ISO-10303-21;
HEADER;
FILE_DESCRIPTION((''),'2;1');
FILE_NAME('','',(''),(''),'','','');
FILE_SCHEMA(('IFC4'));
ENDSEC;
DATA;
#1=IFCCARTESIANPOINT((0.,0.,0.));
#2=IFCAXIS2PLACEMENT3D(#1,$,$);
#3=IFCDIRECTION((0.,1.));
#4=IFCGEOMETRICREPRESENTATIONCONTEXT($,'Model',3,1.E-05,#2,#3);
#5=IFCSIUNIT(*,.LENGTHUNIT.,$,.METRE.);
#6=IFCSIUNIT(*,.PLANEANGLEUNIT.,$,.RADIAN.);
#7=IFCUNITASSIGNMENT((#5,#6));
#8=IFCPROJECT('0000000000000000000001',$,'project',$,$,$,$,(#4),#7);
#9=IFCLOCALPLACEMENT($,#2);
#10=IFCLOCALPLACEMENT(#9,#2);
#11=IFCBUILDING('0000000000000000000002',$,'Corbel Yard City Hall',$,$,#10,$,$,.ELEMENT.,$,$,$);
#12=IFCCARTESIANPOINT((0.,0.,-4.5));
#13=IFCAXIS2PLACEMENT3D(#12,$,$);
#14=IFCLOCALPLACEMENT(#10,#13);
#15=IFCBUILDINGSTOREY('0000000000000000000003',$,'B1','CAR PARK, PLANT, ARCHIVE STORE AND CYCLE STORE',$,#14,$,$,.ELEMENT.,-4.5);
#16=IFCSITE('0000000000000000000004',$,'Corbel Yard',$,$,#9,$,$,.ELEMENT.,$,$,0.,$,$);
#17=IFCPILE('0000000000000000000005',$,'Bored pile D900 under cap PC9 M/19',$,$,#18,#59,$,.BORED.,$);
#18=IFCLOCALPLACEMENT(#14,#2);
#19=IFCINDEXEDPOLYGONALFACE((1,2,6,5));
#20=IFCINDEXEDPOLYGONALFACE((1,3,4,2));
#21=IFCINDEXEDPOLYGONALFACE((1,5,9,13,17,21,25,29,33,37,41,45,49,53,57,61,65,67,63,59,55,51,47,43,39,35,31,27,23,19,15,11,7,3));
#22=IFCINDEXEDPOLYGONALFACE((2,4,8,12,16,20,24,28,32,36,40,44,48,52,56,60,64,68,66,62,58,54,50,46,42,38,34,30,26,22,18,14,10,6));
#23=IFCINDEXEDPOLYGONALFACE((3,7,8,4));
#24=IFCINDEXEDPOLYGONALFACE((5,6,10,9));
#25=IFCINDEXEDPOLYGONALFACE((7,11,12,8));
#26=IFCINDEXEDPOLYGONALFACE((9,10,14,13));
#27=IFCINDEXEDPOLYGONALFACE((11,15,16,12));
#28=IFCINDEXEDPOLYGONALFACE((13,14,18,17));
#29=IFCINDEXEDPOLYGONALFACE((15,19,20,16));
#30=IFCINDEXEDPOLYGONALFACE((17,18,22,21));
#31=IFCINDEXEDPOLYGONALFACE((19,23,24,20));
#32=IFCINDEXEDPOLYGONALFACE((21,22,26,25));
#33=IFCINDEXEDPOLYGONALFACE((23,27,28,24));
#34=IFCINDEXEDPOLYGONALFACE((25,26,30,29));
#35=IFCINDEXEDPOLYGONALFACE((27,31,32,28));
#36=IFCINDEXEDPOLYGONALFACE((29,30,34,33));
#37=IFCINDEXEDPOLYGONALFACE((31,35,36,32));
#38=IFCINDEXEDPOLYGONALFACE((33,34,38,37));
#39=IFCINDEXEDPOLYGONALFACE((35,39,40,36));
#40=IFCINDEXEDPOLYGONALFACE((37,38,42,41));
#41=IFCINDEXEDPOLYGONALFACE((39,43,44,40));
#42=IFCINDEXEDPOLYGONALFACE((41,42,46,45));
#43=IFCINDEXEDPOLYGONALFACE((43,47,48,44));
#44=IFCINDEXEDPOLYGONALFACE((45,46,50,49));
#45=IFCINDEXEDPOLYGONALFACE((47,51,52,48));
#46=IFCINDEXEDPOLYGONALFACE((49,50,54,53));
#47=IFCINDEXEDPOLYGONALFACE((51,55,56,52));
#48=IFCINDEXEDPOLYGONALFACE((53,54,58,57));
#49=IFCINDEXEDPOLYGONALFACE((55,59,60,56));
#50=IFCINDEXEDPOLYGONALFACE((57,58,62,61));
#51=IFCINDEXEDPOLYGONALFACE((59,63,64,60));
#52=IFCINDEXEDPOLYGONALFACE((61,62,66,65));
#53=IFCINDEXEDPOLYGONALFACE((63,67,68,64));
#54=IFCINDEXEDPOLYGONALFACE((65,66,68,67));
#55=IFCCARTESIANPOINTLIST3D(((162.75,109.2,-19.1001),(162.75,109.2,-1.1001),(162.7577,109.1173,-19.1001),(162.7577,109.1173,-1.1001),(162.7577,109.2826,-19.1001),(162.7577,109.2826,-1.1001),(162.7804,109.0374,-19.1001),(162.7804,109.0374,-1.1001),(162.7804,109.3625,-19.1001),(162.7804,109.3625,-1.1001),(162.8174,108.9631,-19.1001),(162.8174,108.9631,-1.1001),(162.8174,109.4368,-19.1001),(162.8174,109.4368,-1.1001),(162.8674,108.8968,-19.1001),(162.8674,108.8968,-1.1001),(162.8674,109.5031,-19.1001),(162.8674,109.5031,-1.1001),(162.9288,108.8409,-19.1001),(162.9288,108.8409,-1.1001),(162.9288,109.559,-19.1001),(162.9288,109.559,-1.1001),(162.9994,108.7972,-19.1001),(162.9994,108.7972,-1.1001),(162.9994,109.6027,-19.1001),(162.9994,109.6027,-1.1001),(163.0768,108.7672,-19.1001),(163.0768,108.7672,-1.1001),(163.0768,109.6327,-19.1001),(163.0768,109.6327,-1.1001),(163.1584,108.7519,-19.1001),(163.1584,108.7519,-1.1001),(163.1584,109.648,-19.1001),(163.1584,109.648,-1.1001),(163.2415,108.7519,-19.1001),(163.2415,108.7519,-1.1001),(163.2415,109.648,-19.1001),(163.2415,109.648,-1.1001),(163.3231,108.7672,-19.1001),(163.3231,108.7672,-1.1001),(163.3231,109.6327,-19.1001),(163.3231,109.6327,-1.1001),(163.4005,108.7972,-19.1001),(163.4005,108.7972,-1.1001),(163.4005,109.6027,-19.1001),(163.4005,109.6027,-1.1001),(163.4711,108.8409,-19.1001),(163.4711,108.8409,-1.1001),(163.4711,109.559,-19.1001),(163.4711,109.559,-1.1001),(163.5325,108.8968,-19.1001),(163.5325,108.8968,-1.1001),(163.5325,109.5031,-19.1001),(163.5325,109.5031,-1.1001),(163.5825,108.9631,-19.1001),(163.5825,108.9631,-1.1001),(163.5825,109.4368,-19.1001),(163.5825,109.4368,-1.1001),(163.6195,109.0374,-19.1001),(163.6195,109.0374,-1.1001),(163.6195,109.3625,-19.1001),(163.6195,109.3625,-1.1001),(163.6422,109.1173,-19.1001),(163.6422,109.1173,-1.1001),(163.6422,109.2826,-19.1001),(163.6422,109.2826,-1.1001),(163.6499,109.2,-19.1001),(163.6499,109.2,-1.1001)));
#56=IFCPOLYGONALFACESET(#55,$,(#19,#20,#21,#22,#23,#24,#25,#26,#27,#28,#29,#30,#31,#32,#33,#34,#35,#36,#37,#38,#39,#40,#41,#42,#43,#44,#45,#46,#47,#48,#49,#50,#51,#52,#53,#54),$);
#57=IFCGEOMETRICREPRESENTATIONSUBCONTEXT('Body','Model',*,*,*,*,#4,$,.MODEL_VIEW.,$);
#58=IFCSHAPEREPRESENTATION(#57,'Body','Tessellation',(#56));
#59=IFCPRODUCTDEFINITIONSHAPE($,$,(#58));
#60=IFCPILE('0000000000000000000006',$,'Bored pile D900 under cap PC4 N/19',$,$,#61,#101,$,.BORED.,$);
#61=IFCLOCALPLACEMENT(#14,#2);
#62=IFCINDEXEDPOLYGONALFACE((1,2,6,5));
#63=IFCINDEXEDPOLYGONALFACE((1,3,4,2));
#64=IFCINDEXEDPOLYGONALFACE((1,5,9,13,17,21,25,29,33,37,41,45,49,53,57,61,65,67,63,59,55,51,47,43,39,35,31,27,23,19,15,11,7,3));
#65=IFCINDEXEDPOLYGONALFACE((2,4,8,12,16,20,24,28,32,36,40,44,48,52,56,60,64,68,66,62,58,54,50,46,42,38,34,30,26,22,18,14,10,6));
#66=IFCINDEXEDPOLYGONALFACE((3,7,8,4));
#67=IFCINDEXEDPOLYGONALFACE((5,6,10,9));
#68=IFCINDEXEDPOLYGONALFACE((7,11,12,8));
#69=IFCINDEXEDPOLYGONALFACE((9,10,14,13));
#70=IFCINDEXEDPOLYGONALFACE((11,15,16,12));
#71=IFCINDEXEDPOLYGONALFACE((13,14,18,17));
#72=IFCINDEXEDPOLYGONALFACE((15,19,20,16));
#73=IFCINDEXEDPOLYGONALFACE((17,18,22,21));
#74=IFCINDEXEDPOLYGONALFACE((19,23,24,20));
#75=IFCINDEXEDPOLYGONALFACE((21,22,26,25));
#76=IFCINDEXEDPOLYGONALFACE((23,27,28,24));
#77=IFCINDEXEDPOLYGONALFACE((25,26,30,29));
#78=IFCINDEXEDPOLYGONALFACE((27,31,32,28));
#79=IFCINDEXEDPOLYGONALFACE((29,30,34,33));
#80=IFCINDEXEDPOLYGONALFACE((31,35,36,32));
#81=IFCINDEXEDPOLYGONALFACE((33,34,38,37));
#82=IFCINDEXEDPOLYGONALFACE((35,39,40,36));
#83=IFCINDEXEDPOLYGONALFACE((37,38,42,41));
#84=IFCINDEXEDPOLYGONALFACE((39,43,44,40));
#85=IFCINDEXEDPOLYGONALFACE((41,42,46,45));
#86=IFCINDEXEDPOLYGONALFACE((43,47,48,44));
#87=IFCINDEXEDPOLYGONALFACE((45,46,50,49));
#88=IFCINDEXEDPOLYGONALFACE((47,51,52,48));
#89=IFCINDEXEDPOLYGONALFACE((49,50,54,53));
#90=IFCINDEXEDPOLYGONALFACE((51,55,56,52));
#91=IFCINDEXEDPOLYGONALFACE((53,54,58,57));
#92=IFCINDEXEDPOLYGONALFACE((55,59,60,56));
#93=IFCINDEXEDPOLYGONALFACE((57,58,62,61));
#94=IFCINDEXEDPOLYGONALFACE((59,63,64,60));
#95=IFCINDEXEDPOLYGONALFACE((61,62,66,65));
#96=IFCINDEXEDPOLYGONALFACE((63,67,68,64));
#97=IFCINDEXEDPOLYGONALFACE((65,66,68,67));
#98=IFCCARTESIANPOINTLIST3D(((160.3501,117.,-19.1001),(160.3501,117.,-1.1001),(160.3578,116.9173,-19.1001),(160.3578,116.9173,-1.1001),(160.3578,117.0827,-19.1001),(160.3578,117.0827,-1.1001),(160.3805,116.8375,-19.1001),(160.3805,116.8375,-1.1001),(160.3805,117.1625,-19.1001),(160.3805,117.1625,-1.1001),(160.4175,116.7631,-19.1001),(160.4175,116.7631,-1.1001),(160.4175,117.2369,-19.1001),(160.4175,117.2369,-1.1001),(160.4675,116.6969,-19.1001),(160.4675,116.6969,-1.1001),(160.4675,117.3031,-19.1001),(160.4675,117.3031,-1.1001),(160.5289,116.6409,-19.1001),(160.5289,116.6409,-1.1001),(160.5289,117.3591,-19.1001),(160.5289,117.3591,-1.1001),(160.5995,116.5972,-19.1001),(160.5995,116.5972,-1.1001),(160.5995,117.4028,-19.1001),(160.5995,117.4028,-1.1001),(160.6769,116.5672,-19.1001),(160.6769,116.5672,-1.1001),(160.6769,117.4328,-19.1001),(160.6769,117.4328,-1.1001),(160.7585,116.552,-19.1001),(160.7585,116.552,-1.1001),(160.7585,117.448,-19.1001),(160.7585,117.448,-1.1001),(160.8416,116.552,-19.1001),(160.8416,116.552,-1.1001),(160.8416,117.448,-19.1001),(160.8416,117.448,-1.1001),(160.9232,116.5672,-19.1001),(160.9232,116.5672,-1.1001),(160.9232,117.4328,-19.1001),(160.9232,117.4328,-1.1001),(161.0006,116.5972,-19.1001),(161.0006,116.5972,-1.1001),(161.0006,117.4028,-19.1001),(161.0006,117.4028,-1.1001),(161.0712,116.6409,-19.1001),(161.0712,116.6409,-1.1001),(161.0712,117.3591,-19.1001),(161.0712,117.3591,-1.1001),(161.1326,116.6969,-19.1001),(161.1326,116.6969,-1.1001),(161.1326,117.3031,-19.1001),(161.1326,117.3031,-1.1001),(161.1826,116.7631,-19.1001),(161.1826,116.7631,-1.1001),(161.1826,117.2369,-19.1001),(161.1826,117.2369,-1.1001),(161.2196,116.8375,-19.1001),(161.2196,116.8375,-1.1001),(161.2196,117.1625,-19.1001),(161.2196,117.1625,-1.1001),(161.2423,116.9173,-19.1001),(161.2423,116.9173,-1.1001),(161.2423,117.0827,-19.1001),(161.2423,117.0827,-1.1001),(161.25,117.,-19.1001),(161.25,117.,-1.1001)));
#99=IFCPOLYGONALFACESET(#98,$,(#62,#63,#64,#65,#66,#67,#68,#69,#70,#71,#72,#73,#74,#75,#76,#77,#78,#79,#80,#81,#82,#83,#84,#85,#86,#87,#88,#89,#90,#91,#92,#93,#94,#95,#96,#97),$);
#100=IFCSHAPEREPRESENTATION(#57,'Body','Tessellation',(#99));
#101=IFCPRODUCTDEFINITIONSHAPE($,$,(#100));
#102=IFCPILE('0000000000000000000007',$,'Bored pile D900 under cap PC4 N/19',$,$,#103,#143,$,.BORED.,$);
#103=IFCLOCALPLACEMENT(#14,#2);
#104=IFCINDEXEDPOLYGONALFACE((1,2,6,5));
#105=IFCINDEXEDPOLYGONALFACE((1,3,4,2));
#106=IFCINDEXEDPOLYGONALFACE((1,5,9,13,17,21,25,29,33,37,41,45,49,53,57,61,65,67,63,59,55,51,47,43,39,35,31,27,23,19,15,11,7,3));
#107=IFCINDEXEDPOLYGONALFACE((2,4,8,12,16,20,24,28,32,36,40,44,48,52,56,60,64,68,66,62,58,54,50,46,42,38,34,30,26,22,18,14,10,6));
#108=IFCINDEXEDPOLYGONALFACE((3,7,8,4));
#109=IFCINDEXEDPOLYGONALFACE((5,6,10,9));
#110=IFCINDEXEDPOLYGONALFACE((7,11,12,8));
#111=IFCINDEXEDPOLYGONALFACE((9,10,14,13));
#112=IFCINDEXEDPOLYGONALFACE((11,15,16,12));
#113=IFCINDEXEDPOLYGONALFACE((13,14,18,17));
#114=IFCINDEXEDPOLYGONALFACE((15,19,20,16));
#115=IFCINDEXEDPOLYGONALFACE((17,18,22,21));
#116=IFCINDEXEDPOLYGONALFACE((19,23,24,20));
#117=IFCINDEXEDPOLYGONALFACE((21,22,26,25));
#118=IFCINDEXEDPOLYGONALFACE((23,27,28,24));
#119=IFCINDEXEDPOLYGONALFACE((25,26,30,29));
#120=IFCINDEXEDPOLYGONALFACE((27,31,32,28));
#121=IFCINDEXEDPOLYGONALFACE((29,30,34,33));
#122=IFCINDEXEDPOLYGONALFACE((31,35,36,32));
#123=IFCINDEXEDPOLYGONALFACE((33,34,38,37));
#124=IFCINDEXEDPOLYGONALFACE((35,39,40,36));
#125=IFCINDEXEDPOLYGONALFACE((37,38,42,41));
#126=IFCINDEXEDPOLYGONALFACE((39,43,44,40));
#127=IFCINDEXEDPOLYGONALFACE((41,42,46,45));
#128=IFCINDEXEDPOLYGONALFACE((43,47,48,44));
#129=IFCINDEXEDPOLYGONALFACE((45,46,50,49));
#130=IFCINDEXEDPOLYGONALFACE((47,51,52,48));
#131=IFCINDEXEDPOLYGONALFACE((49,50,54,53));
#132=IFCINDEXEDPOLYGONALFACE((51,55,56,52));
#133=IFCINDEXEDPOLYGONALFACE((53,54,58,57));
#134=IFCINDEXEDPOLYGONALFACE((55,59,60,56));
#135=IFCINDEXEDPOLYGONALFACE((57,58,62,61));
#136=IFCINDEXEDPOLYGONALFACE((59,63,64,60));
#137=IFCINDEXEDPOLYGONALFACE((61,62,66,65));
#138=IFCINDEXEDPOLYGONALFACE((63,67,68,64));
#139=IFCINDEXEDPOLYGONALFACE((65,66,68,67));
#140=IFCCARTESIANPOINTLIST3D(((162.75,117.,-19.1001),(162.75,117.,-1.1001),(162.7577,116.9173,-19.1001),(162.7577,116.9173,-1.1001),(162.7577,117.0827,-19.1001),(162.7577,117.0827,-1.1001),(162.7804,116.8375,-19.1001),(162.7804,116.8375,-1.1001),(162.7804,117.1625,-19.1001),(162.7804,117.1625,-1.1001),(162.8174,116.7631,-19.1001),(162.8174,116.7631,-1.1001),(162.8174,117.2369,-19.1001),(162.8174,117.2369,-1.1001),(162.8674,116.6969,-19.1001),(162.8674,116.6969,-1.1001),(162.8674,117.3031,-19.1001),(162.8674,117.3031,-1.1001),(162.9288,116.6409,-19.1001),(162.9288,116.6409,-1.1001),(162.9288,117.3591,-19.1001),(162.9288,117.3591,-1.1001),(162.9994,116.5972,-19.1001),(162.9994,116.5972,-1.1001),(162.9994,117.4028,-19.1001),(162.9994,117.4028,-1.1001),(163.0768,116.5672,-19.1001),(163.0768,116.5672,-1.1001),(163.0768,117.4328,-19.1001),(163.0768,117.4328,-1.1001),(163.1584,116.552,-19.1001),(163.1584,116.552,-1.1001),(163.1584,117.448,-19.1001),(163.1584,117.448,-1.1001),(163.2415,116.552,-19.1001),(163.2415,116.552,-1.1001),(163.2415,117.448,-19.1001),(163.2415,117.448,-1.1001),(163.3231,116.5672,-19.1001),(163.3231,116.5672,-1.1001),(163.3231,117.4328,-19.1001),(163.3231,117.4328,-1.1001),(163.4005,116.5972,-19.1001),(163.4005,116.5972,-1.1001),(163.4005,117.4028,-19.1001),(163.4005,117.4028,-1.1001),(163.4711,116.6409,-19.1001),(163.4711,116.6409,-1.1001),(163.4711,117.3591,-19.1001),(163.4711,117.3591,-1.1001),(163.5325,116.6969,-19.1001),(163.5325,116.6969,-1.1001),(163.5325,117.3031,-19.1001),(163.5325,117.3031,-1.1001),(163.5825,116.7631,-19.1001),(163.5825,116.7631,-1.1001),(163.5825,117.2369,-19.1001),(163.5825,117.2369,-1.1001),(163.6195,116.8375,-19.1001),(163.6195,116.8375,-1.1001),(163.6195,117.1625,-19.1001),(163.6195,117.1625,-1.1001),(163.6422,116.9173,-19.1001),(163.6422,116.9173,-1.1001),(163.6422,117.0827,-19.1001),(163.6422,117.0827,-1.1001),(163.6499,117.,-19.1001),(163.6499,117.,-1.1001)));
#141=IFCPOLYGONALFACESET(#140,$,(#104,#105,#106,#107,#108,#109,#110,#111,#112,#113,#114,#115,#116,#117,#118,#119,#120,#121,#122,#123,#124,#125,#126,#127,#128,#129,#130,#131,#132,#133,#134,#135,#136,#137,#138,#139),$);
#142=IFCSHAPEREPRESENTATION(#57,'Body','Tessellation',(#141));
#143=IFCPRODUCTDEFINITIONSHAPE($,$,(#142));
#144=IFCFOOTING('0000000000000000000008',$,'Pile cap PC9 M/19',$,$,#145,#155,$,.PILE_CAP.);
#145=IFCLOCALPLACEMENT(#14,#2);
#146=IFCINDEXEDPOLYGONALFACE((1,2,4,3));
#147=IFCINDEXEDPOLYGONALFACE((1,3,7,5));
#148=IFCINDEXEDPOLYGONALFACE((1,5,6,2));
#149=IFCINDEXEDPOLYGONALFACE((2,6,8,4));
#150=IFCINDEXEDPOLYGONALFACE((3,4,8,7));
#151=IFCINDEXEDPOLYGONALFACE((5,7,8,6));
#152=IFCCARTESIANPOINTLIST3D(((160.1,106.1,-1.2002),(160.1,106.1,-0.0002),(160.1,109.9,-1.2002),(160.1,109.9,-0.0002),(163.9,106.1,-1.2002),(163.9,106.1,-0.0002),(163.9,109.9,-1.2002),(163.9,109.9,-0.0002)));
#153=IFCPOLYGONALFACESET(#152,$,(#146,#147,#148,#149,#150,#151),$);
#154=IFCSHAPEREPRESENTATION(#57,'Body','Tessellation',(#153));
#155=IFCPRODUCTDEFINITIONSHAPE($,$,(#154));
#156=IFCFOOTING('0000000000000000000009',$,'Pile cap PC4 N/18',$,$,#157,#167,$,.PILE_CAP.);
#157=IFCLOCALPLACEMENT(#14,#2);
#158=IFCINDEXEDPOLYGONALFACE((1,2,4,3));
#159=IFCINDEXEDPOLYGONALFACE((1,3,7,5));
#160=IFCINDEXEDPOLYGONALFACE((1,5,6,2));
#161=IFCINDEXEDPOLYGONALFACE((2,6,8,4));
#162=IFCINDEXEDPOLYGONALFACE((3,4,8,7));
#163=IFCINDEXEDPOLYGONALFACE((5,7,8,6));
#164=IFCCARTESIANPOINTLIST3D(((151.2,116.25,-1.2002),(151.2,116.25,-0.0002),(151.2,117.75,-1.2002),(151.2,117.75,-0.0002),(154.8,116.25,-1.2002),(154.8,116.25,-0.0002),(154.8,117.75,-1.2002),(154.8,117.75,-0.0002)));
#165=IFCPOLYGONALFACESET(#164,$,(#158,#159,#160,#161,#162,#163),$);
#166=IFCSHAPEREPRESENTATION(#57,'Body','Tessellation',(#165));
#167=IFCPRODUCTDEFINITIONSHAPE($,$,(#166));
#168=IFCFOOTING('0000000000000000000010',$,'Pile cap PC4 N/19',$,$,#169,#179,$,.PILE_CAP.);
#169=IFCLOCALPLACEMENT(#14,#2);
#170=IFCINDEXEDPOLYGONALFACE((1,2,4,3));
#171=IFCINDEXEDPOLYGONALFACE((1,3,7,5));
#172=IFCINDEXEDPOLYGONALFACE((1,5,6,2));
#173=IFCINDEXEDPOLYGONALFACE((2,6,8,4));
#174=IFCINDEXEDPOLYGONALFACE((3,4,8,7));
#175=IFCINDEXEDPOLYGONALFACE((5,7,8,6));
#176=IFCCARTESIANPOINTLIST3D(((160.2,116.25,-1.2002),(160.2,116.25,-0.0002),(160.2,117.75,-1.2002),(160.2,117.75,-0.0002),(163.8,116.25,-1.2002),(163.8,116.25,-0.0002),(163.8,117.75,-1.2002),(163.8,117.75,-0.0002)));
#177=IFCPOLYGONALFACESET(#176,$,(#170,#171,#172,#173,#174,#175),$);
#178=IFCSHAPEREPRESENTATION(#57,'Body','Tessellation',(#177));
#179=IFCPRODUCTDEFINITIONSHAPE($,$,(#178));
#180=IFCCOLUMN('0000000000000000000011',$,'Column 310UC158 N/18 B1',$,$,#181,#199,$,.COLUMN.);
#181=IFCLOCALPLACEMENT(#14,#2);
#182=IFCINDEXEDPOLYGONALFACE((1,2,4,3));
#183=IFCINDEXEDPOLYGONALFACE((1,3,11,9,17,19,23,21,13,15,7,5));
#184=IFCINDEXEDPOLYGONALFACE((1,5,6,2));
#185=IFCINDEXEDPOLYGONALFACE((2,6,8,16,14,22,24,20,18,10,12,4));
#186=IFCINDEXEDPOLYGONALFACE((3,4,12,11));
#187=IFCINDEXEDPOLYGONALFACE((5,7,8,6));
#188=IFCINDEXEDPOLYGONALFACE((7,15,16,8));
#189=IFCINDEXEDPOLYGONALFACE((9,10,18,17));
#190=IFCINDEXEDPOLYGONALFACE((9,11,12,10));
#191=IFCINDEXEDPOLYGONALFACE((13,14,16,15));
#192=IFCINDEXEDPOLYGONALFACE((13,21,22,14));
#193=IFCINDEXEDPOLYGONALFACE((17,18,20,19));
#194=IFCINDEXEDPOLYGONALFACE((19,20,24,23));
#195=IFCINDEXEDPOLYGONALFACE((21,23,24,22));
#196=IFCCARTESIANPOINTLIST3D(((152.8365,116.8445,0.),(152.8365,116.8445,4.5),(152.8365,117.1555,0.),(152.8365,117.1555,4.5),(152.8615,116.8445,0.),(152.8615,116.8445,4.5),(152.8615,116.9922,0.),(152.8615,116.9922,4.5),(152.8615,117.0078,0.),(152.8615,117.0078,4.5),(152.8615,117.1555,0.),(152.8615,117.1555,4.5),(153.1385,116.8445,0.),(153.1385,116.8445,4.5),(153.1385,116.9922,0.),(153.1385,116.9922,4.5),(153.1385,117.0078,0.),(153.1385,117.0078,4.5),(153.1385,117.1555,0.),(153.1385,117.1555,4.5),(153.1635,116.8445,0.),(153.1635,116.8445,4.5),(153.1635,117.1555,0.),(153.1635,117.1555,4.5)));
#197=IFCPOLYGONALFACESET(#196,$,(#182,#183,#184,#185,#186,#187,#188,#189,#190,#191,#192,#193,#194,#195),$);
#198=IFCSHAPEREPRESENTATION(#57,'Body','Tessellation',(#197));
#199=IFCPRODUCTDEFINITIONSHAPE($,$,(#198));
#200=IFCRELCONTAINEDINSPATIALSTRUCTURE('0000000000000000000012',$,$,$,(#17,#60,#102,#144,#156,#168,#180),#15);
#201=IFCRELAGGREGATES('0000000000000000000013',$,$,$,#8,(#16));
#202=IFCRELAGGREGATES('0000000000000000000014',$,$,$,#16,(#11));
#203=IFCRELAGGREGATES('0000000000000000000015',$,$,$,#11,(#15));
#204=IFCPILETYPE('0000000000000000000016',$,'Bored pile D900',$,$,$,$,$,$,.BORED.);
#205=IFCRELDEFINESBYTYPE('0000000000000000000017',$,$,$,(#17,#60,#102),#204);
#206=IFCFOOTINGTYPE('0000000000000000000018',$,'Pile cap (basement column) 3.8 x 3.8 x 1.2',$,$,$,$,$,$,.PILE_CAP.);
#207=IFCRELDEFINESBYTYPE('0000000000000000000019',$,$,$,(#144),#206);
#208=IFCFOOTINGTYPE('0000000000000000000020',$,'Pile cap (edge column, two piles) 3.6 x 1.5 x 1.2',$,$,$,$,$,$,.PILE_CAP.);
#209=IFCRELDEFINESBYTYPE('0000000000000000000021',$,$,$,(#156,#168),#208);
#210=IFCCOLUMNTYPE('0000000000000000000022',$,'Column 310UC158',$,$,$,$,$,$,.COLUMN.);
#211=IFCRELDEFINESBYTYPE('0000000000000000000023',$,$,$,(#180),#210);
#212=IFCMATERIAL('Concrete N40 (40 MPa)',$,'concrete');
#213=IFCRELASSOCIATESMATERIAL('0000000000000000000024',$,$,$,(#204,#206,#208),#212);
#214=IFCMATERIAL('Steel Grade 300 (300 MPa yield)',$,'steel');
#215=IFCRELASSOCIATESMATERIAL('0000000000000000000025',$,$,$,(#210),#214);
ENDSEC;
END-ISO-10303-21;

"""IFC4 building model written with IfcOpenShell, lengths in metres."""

from ifc_helpers import new_model, si_unit, direction, frame, origin, origin_2d, place, context, subcontext, project, spatial, rectangle, circle, i_section, extrude, material, material_profile, profile_set, type_object, element, save


model = new_model("IFC4")

# Units and contexts
model_context = context("Model", 3, precision=1e-05, world=origin(), true_north=direction((0.0, 1.0)))
body_context = subcontext(model_context, "Body", "Model", "MODEL_VIEW")
ifc_project = project(units=[si_unit("LENGTHUNIT", "METRE"), si_unit("PLANEANGLEUNIT", "RADIAN")], contexts=[model_context])

# Site, building, storey
site_placement = place(None, origin())
site = spatial("IfcSite", under=ifc_project, at=site_placement, Name="Corbel Yard", CompositionType="ELEMENT", RefElevation=0.0)
building_placement = place(site_placement, origin())
building = spatial("IfcBuilding", under=site, at=building_placement, Name="Corbel Yard City Hall", CompositionType="ELEMENT")
storey_placement = place(building_placement, frame((0.0, 0.0, -4.5)))
storey = spatial("IfcBuildingStorey", under=building, at=storey_placement, Name="B1", Description="CAR PARK, PLANT, ARCHIVE STORE AND CYCLE STORE", CompositionType="ELEMENT", Elevation=-4.5)

# Piles
ifc_material_1 = material(Name="Concrete N40 (40 MPa)", Category="concrete")
ifc_material_profile_1 = material_profile(ifc_material_1, circle(Radius=0.45, at=origin_2d()), Name="D900")
ifc_profile_set_1 = profile_set([ifc_material_profile_1], Name="Concrete N40 (40 MPa)")
pile_type = type_object("IfcPileType", Name="Bored pile D900", PredefinedType="BORED", material=ifc_profile_set_1)
for number, where, z_axis, x_axis, name in (
    (1, (163.2, 109.2, -1.1001), (0.0, 0.0, -1.0), (1.0, 0.0, 0.0), "Bored pile D900 under cap PC9 M/19"),
    (2, (160.8, 117.0, -1.1001), (0.0, 0.0, -1.0), (1.0, 0.0, 0.0), "Bored pile D900 under cap PC4 N/19"),
    (3, (163.2, 117.0, -1.1001), (0.0, 0.0, -1.0), (1.0, 0.0, 0.0), "Bored pile D900 under cap PC4 N/19"),
):
    element("IfcPile", number, at=place(storey_placement, frame(where, z_axis=z_axis, x_axis=x_axis)), inside=storey, type_object=pile_type, Name=name, PredefinedType="BORED", context=body_context, shape_type="SweptSolid", body=[
        extrude(circle(Radius=0.45, at=origin_2d()), origin(), (0.0, 0.0, 1.0), 18.0),
    ])

# Footings
footing_type_1 = type_object("IfcFootingType", Name="Pile cap (basement column) 3.8 x 3.8 x 1.2", PredefinedType="PILE_CAP", material=ifc_material_1)
footing_placement = place(storey_placement, frame((162.0, 108.0, -1.2002), z_axis=(0.0, 0.0, 1.0), x_axis=(1.0, 0.0, 0.0)))
element("IfcFooting", 4, at=footing_placement, inside=storey, type_object=footing_type_1, Name="Pile cap PC9 M/19", PredefinedType="PILE_CAP", context=body_context, shape_type="SweptSolid", body=[
    extrude(rectangle(XDim=3.8, YDim=3.8, at=origin_2d()), origin(), (0.0, 0.0, 1.0), 1.2),
])
footing_type_2 = type_object("IfcFootingType", Name="Pile cap (edge column, two piles) 3.6 x 1.5 x 1.2", PredefinedType="PILE_CAP", material=ifc_material_1)
for number, where, z_axis, x_axis, name in (
    (5, (153.0, 117.0, -1.2002), (0.0, 0.0, 1.0), (1.0, 0.0, 0.0), "Pile cap PC4 N/18"),
    (6, (162.0, 117.0, -1.2002), (0.0, 0.0, 1.0), (1.0, 0.0, 0.0), "Pile cap PC4 N/19"),
):
    element("IfcFooting", number, at=place(storey_placement, frame(where, z_axis=z_axis, x_axis=x_axis)), inside=storey, type_object=footing_type_2, Name=name, PredefinedType="PILE_CAP", context=body_context, shape_type="SweptSolid", body=[
        extrude(rectangle(XDim=3.6001, YDim=1.5, at=origin_2d()), origin(), (0.0, 0.0, 1.0), 1.2),
    ])

# Column
ifc_material_2 = material(Name="Steel Grade 300 (300 MPa yield)", Category="steel")
ifc_material_profile_2 = material_profile(ifc_material_2, i_section(OverallWidth=0.311, OverallDepth=0.3269, WebThickness=0.0156, FlangeThickness=0.0249, at=origin_2d()), Name="310UC158")
ifc_profile_set_2 = profile_set([ifc_material_profile_2], Name="Steel Grade 300 (300 MPa yield)")
column_type = type_object("IfcColumnType", Name="Column 310UC158", PredefinedType="COLUMN", material=ifc_profile_set_2)
for number, where, z_axis, x_axis, name in (
    (7, (153.0, 117.0, 0.0), (0.0, 0.0, 1.0), (0.0, 1.0, 0.0), "Column 310UC158 N/18 B1"),
):
    element("IfcColumn", number, at=place(storey_placement, frame(where, z_axis=z_axis, x_axis=x_axis)), inside=storey, type_object=column_type, Name=name, PredefinedType="COLUMN", context=body_context, shape_type="SweptSolid", body=[
        extrude(i_section(OverallWidth=0.311, OverallDepth=0.3269, WebThickness=0.0156, FlangeThickness=0.0249, at=origin_2d()), origin(), (0.0, 0.0, 1.0), 4.5),
    ])

save(model, "model.ifc")
